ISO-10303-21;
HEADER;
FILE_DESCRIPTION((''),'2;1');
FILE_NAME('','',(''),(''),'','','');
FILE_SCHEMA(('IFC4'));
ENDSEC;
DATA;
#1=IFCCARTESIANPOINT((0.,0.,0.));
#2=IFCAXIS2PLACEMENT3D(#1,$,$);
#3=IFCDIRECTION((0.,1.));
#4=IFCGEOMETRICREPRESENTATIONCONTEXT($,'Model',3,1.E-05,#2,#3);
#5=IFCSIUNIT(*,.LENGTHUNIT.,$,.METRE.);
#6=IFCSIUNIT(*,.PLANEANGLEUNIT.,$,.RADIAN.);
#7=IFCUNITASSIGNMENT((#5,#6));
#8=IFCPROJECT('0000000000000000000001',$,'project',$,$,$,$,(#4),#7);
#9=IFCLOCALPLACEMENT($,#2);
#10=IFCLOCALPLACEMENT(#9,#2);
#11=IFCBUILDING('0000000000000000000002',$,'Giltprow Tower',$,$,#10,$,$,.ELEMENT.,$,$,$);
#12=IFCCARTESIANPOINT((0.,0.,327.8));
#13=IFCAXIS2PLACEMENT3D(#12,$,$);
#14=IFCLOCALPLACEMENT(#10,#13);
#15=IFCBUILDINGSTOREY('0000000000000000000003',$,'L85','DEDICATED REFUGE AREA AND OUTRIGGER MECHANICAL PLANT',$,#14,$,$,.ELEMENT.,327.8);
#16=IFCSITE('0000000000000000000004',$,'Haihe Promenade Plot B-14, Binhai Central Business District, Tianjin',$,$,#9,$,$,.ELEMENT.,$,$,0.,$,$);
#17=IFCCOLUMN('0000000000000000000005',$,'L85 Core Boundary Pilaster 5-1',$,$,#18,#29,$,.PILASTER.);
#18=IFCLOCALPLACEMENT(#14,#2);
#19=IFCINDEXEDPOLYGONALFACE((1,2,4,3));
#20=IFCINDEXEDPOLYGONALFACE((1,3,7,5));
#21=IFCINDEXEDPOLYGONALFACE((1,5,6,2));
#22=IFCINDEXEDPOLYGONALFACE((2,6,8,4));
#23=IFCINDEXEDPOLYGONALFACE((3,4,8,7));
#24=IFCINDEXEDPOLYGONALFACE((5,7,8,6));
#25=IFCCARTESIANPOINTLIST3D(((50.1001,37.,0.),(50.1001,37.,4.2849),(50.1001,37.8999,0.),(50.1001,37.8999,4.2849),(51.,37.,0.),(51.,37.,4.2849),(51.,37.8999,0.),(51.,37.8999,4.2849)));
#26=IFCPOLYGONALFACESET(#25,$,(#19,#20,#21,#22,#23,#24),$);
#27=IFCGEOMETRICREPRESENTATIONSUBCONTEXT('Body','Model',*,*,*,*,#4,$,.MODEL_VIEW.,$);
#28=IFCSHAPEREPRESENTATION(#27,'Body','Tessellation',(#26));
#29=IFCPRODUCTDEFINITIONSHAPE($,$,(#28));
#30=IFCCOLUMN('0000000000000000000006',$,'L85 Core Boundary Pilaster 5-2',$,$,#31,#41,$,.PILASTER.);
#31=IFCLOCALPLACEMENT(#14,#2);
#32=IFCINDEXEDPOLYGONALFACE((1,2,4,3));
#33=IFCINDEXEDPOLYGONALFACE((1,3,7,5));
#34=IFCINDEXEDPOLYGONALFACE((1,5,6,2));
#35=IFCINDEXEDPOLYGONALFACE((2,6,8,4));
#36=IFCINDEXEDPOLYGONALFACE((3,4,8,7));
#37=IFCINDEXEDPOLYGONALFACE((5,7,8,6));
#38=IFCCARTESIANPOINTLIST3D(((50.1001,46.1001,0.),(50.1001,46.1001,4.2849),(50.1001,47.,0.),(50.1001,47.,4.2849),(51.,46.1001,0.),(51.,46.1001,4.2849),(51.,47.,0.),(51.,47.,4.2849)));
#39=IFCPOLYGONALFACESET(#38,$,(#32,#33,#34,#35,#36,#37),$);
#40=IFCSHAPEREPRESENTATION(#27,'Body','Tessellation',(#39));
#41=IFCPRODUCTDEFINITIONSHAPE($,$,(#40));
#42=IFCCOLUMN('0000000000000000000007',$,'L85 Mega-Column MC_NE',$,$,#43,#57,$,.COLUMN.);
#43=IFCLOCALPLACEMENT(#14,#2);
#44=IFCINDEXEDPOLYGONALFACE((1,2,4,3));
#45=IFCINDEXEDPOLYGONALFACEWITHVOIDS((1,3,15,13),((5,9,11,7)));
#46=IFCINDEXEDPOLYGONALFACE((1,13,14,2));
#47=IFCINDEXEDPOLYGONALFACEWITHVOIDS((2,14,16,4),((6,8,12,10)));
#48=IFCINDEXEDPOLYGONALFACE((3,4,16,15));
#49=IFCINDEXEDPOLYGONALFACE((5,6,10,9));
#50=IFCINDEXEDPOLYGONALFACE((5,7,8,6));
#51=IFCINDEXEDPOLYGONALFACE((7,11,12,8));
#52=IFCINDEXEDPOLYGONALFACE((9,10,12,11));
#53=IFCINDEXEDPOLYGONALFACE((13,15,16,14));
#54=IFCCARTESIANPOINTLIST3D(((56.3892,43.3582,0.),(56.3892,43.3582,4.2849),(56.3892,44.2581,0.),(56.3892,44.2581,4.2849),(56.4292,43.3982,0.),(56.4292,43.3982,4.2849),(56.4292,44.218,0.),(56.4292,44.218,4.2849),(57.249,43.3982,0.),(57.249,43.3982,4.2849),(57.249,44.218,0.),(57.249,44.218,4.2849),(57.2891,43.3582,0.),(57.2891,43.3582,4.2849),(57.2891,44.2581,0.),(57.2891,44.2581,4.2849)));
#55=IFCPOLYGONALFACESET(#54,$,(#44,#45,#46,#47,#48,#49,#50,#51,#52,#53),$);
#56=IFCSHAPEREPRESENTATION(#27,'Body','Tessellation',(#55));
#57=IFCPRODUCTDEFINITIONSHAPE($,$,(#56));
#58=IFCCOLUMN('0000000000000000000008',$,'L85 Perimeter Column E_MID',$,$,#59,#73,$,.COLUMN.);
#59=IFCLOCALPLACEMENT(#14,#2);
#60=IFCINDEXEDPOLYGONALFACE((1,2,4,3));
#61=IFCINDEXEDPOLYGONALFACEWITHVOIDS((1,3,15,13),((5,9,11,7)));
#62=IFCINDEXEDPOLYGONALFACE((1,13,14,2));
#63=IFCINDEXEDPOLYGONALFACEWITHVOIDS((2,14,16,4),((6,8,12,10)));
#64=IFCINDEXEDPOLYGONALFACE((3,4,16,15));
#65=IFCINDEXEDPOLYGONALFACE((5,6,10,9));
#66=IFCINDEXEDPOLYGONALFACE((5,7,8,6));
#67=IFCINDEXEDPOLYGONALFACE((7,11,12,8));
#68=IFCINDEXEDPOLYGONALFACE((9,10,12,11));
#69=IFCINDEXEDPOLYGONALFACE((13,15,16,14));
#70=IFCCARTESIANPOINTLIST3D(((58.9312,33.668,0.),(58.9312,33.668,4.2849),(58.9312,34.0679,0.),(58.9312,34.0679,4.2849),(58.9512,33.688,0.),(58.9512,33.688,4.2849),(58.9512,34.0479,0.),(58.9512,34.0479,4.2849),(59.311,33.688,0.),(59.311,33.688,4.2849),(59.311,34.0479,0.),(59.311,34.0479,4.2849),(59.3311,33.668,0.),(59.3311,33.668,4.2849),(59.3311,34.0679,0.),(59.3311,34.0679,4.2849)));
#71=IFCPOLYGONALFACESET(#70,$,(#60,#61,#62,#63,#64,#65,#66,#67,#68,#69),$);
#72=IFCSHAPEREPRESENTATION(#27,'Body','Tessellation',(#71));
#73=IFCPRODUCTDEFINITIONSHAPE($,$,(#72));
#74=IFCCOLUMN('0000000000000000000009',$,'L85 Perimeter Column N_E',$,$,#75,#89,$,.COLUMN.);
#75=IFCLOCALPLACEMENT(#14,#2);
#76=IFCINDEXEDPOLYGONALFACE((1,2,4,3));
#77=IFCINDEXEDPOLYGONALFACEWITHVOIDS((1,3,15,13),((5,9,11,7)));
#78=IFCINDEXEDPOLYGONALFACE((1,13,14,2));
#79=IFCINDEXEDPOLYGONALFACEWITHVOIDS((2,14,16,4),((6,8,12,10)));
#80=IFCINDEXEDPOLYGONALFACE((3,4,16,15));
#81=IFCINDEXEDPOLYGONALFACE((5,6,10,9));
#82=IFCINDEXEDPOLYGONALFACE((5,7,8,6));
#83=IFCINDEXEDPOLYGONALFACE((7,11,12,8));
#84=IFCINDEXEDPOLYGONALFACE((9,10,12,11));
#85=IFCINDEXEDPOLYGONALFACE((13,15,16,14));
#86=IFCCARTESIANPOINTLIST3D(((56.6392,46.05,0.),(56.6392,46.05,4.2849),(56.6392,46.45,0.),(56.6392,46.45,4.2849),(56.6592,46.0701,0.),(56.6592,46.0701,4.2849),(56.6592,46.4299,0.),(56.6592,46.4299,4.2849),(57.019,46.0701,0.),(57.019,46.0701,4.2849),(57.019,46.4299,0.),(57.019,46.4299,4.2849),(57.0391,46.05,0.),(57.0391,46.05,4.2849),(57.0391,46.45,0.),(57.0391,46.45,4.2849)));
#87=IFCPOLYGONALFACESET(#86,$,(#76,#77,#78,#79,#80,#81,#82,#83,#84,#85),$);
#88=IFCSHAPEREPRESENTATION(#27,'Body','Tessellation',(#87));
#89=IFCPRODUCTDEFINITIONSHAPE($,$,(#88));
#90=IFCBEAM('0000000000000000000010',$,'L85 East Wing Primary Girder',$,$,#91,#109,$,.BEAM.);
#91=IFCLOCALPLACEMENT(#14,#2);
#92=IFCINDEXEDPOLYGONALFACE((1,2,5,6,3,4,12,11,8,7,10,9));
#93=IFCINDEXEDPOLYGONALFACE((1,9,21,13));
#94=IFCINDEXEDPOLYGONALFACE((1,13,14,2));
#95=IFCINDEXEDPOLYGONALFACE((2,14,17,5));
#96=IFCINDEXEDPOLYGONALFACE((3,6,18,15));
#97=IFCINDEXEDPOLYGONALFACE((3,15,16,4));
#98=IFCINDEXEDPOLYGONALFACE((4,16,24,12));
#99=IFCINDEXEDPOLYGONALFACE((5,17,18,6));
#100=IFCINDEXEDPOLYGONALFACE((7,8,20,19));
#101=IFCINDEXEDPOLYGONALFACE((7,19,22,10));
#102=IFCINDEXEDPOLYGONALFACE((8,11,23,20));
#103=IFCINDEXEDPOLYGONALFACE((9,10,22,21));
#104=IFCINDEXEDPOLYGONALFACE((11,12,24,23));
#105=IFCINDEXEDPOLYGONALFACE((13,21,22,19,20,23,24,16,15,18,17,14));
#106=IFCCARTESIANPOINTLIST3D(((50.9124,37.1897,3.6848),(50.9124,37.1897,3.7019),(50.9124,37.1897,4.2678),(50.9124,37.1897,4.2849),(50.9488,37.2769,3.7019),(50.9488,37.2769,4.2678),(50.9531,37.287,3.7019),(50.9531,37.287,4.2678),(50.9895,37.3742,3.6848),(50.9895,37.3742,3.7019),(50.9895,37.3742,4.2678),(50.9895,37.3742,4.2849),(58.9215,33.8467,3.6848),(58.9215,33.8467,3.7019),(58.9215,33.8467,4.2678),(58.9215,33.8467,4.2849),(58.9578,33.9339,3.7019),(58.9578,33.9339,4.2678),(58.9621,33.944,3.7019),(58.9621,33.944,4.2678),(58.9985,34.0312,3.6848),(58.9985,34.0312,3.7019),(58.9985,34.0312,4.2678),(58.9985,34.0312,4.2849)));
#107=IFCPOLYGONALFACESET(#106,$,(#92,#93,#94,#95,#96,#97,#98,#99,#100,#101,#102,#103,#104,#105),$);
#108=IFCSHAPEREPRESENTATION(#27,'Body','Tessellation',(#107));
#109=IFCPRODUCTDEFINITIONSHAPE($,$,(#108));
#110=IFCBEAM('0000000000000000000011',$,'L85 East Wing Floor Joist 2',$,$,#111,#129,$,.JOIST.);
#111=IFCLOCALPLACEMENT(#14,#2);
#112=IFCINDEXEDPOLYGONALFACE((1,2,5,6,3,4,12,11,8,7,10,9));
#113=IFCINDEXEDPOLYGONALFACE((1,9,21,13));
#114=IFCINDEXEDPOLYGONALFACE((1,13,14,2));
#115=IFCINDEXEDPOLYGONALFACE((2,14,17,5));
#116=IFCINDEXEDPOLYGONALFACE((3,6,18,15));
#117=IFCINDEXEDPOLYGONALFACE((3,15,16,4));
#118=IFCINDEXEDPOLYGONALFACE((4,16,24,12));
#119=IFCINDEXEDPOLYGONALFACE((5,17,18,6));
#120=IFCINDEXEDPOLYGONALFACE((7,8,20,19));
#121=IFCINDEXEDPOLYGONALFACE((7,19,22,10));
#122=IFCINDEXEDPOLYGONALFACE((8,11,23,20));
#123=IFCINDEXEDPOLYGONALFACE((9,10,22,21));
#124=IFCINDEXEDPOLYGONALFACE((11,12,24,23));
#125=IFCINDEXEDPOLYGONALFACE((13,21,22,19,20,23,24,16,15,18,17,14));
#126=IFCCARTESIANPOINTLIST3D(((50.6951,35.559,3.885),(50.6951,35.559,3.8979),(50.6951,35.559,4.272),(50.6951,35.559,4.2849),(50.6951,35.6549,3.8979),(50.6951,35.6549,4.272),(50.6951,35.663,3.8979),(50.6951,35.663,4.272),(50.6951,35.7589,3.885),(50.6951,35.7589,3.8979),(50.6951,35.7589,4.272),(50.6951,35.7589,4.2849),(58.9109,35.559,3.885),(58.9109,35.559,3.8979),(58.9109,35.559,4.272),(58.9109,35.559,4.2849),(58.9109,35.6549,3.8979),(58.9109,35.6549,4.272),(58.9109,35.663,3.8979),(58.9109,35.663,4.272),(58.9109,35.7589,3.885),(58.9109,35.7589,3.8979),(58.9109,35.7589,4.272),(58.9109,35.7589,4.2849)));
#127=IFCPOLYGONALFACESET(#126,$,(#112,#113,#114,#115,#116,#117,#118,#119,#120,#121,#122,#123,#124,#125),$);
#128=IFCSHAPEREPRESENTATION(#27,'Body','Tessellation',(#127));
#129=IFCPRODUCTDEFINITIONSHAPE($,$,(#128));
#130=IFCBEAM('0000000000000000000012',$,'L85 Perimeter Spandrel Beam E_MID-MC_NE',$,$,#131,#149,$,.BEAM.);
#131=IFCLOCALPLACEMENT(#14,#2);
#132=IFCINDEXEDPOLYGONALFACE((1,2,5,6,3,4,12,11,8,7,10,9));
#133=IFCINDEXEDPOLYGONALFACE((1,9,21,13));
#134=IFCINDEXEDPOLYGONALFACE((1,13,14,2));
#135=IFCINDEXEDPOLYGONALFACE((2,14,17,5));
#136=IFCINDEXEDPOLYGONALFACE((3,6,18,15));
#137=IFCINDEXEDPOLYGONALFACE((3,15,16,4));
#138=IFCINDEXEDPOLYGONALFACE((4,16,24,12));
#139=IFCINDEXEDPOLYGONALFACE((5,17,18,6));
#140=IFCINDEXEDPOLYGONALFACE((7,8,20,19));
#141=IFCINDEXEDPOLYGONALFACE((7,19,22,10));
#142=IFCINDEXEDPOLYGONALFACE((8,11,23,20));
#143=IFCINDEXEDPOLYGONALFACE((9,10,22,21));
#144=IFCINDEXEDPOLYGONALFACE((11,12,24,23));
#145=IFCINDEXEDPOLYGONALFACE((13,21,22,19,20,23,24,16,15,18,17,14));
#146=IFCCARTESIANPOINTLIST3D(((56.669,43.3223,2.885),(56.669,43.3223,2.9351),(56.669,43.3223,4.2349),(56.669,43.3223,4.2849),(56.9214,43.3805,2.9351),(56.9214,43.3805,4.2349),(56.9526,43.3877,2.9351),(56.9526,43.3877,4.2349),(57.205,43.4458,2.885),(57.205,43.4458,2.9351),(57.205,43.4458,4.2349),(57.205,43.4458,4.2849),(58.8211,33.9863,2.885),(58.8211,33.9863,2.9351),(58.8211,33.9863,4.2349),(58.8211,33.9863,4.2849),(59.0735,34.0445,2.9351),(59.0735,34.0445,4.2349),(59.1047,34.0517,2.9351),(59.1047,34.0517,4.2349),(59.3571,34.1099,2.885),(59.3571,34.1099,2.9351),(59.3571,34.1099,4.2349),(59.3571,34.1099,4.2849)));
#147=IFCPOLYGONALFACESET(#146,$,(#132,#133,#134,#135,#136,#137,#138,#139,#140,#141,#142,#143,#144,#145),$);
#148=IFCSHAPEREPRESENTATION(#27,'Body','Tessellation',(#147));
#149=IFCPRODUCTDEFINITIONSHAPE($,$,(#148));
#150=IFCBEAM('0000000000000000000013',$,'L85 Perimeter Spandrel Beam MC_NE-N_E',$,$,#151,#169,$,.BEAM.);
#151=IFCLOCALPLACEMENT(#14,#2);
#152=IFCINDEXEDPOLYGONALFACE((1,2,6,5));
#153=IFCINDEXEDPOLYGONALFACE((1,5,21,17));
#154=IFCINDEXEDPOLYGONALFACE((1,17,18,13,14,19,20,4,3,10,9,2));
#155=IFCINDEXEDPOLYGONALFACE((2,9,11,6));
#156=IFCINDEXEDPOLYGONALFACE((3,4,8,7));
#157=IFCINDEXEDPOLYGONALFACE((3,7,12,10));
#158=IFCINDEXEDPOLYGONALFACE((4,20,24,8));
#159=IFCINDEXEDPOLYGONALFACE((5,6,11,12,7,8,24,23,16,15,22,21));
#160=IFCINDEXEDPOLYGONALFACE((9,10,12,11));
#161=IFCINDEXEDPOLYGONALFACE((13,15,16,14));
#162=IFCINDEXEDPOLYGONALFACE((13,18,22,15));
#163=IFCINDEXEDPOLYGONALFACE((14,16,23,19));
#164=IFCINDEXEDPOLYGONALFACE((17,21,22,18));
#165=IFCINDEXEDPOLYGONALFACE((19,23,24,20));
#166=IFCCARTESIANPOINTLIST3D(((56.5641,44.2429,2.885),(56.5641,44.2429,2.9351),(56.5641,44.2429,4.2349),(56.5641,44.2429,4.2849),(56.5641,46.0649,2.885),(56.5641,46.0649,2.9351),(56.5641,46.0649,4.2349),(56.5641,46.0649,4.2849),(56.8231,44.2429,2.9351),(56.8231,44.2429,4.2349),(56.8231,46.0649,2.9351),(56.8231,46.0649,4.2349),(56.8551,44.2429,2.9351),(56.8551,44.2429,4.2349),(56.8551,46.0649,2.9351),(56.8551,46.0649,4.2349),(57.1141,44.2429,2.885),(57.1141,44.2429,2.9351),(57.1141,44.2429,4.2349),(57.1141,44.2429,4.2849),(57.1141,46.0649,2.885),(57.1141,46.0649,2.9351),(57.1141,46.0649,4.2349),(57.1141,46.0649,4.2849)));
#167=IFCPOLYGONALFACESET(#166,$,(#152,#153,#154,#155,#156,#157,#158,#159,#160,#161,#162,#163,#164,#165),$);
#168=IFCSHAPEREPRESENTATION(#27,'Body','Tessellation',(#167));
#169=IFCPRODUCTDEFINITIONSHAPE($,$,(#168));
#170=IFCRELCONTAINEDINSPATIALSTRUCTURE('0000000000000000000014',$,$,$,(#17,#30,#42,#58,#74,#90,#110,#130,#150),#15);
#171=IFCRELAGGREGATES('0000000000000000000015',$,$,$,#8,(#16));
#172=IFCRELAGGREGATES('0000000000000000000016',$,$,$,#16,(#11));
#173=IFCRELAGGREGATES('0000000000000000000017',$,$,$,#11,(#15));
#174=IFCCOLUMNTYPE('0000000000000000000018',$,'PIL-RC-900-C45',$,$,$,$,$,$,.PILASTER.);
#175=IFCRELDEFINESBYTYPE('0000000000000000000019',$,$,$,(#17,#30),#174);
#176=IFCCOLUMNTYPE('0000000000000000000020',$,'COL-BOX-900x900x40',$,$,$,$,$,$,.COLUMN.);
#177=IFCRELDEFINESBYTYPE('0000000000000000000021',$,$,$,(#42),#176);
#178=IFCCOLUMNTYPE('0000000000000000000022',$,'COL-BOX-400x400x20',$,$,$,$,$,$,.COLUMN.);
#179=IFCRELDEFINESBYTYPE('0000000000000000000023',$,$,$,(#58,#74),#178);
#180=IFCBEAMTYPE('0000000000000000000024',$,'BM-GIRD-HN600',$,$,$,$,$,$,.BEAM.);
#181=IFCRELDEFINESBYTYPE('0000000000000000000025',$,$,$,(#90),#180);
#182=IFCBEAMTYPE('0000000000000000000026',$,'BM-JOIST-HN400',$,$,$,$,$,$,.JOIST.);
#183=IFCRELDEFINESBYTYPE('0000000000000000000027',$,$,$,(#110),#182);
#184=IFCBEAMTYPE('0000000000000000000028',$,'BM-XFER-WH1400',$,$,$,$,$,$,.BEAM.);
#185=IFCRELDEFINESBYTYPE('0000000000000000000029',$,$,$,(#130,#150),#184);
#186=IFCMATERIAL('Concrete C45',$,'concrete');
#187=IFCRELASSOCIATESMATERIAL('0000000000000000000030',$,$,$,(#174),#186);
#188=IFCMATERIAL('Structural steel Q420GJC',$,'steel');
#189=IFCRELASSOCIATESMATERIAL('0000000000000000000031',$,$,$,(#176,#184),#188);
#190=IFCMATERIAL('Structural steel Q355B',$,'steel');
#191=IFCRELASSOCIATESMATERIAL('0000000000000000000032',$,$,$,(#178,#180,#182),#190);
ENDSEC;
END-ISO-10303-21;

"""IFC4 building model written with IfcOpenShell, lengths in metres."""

from ifc_helpers import new_model, si_unit, direction, frame, origin, origin_2d, place, context, subcontext, project, spatial, rectangle, hollow_rectangle, i_section, extrude, source, transform, mapped, material, material_profile, profile_set, type_object, element, save


model = new_model("IFC4")

# Units and contexts
model_context = context("Model", 3, precision=1e-05, world=origin(), true_north=direction((0.0, 1.0)))
body_context = subcontext(model_context, "Body", "Model", "MODEL_VIEW")
ifc_project = project(units=[si_unit("LENGTHUNIT", "METRE"), si_unit("PLANEANGLEUNIT", "RADIAN")], contexts=[model_context])

# Site, building, storey
site_placement = place(None, origin())
site = spatial("IfcSite", under=ifc_project, at=site_placement, Name="Haihe Promenade Plot B-14, Binhai Central Business District, Tianjin", CompositionType="ELEMENT", RefElevation=0.0)
building_placement = place(site_placement, origin())
building = spatial("IfcBuilding", under=site, at=building_placement, Name="Giltprow Tower", CompositionType="ELEMENT")
storey_placement = place(building_placement, frame((0.0, 0.0, 327.8)))
storey = spatial("IfcBuildingStorey", under=building, at=storey_placement, Name="L85", Description="DEDICATED REFUGE AREA AND OUTRIGGER MECHANICAL PLANT", CompositionType="ELEMENT", Elevation=327.8)

# Columns
ifc_material_1 = material(Name="Concrete C45", Category="concrete")
ifc_material_profile_1 = material_profile(ifc_material_1, rectangle(XDim=0.8999, YDim=0.8999, at=origin_2d()), Name="RC 900x900")
ifc_profile_set_1 = profile_set([ifc_material_profile_1], Name="Concrete C45")
column_type_1 = type_object("IfcColumnType", Name="PIL-RC-900-C45", PredefinedType="PILASTER", material=ifc_profile_set_1)
shared_shape_1 = source(origin(), body_context, "Body", "SweptSolid", [
    extrude(rectangle(XDim=0.8999, YDim=0.8999, at=origin_2d()), origin(), (0.0, 0.0, 1.0), 4.2849),
])
for number, where, z_axis, x_axis, name in (
    (1, (50.55, 37.45, 0.0), (0.0, 0.0, 1.0), (1.0, 0.0, 0.0), "L85 Core Boundary Pilaster 5-1"),
    (2, (50.55, 46.55, 0.0), (0.0, 0.0, 1.0), (1.0, 0.0, 0.0), "L85 Core Boundary Pilaster 5-2"),
):
    element("IfcColumn", number, at=place(storey_placement, frame(where, z_axis=z_axis, x_axis=x_axis)), inside=storey, type_object=column_type_1, Name=name, PredefinedType="PILASTER", context=body_context, shape_type="MappedRepresentation", body=[
        mapped(shared_shape_1, transform((0.0, 0.0, 0.0), x_axis=(1.0, 0.0, 0.0), y_axis=(0.0, 1.0, 0.0), z_axis=(0.0, 0.0, 1.0), scale=1.0)),
    ])
ifc_material_2 = material(Name="Structural steel Q420GJC", Category="steel")
ifc_material_profile_2 = material_profile(ifc_material_2, hollow_rectangle(XDim=0.8999, YDim=0.8999, WallThickness=0.04, at=origin_2d()), Name="BOX 900x900x40")
ifc_profile_set_2 = profile_set([ifc_material_profile_2], Name="Structural steel Q420GJC")
column_type_2 = type_object("IfcColumnType", Name="COL-BOX-900x900x40", PredefinedType="COLUMN", material=ifc_profile_set_2)
shared_shape_2 = source(origin(), body_context, "Body", "SweptSolid", [
    extrude(hollow_rectangle(XDim=0.8999, YDim=0.8999, WallThickness=0.04, at=origin_2d()), origin(), (0.0, 0.0, 1.0), 4.2849),
])
column_placement = place(storey_placement, frame((56.8391, 43.8081, 0.0), z_axis=(0.0, 0.0, 1.0), x_axis=(1.0, 0.0, 0.0)))
element("IfcColumn", 3, at=column_placement, inside=storey, type_object=column_type_2, Name="L85 Mega-Column MC_NE", PredefinedType="COLUMN", context=body_context, shape_type="MappedRepresentation", body=[
    mapped(shared_shape_2, transform((0.0, 0.0, 0.0), x_axis=(1.0, 0.0, 0.0), y_axis=(0.0, 1.0, 0.0), z_axis=(0.0, 0.0, 1.0), scale=1.0)),
])
ifc_material_3 = material(Name="Structural steel Q355B", Category="steel")
ifc_material_profile_3 = material_profile(ifc_material_3, hollow_rectangle(XDim=0.3999, YDim=0.3999, WallThickness=0.02, at=origin_2d()), Name="BOX 400x400x20")
ifc_profile_set_3 = profile_set([ifc_material_profile_3], Name="Structural steel Q355B")
column_type_3 = type_object("IfcColumnType", Name="COL-BOX-400x400x20", PredefinedType="COLUMN", material=ifc_profile_set_3)
shared_shape_3 = source(origin(), body_context, "Body", "SweptSolid", [
    extrude(hollow_rectangle(XDim=0.3999, YDim=0.3999, WallThickness=0.02, at=origin_2d()), origin(), (0.0, 0.0, 1.0), 4.2849),
])
for number, where, z_axis, x_axis, name in (
    (4, (59.1311, 33.8679, 0.0), (0.0, 0.0, 1.0), (1.0, 0.0, 0.0), "L85 Perimeter Column E_MID"),
    (5, (56.8391, 46.25, 0.0), (0.0, 0.0, 1.0), (1.0, 0.0, 0.0), "L85 Perimeter Column N_E"),
):
    element("IfcColumn", number, at=place(storey_placement, frame(where, z_axis=z_axis, x_axis=x_axis)), inside=storey, type_object=column_type_3, Name=name, PredefinedType="COLUMN", context=body_context, shape_type="MappedRepresentation", body=[
        mapped(shared_shape_3, transform((0.0, 0.0, 0.0), x_axis=(1.0, 0.0, 0.0), y_axis=(0.0, 1.0, 0.0), z_axis=(0.0, 0.0, 1.0), scale=1.0)),
    ])

# Beams
ifc_material_profile_4 = material_profile(ifc_material_3, i_section(OverallWidth=0.2, OverallDepth=0.6001, WebThickness=0.011, FlangeThickness=0.0171, at=origin_2d()), Name="HN 600x200x11x17")
ifc_profile_set_4 = profile_set([ifc_material_profile_4], Name="Structural steel Q355B")
beam_type_1 = type_object("IfcBeamType", Name="BM-GIRD-HN600", PredefinedType="BEAM", material=ifc_profile_set_4)
shared_shape_4 = source(origin(), body_context, "Body", "SweptSolid", [
    extrude(i_section(OverallWidth=0.2, OverallDepth=0.6001, WebThickness=0.011, FlangeThickness=0.0171, at=origin_2d()), origin(), (0.0, 0.0, 1.0), 8.6787),
])
beam_1_placement = place(storey_placement, frame((58.96, 33.939, 3.9849), z_axis=(-0.922835, 0.385197, 0.0), x_axis=(-0.385197, -0.922835, 0.0)))
element("IfcBeam", 6, at=beam_1_placement, inside=storey, type_object=beam_type_1, Name="L85 East Wing Primary Girder", PredefinedType="BEAM", context=body_context, shape_type="MappedRepresentation", body=[
    mapped(shared_shape_4, transform((0.0, 0.0, 0.0), x_axis=(1.0, 0.0, 0.0), y_axis=(0.0, 1.0, 0.0), z_axis=(0.0, 0.0, 1.0), scale=1.0)),
])
ifc_material_profile_5 = material_profile(ifc_material_3, i_section(OverallWidth=0.2, OverallDepth=0.3999, WebThickness=0.0081, FlangeThickness=0.0129, at=origin_2d()), Name="HN 400x200x8x13")
ifc_profile_set_5 = profile_set([ifc_material_profile_5], Name="Structural steel Q355B")
beam_type_2 = type_object("IfcBeamType", Name="BM-JOIST-HN400", PredefinedType="JOIST", material=ifc_profile_set_5)
shared_shape_5 = source(origin(), body_context, "Body", "SweptSolid", [
    extrude(i_section(OverallWidth=0.2, OverallDepth=0.3999, WebThickness=0.0081, FlangeThickness=0.0129, at=origin_2d()), origin(), (0.0, 0.0, 1.0), 8.2158),
])
beam_2_placement = place(storey_placement, frame((50.6951, 35.6589, 4.085), z_axis=(1.0, 0.0, 0.0), x_axis=(0.0, 1.0, 0.0)))
element("IfcBeam", 7, at=beam_2_placement, inside=storey, type_object=beam_type_2, Name="L85 East Wing Floor Joist 2", PredefinedType="JOIST", context=body_context, shape_type="MappedRepresentation", body=[
    mapped(shared_shape_5, transform((0.0, 0.0, 0.0), x_axis=(1.0, 0.0, 0.0), y_axis=(0.0, 1.0, 0.0), z_axis=(0.0, 0.0, 1.0), scale=1.0)),
])
ifc_material_profile_6 = material_profile(ifc_material_2, i_section(OverallWidth=0.55, OverallDepth=1.3999, WebThickness=0.032, FlangeThickness=0.05, at=origin_2d()), Name="WH 1400x550x32x50")
ifc_profile_set_6 = profile_set([ifc_material_profile_6], Name="Structural steel Q420GJC")
beam_type_3 = type_object("IfcBeamType", Name="BM-XFER-WH1400", PredefinedType="BEAM", material=ifc_profile_set_6)
shared_shape_6 = source(origin(), body_context, "Body", "SweptSolid", [
    extrude(i_section(OverallWidth=0.55, OverallDepth=1.3999, WebThickness=0.032, FlangeThickness=0.05, at=origin_2d()), origin(), (0.0, 0.0, 1.0), 9.5808),
])
beam_3_placement = place(storey_placement, frame((59.0891, 34.0481, 3.585), z_axis=(-0.224627, 0.974445, 0.0), x_axis=(-0.974445, -0.224627, 0.0)))
element("IfcBeam", 8, at=beam_3_placement, inside=storey, type_object=beam_type_3, Name="L85 Perimeter Spandrel Beam E_MID-MC_NE", PredefinedType="BEAM", context=body_context, shape_type="MappedRepresentation", body=[
    mapped(shared_shape_6, transform((0.0, 0.0, 0.0), x_axis=(1.0, 0.0, 0.0), y_axis=(0.0, 1.0, 0.0), z_axis=(0.0, 0.0, 1.0), scale=1.0)),
])
shared_shape_7 = source(origin(), body_context, "Body", "SweptSolid", [
    extrude(i_section(OverallWidth=0.55, OverallDepth=1.3999, WebThickness=0.032, FlangeThickness=0.05, at=origin_2d()), origin(), (0.0, 0.0, 1.0), 1.822),
])
beam_4_placement = place(storey_placement, frame((56.8391, 44.2429, 3.585), z_axis=(0.0, 1.0, 0.0), x_axis=(-1.0, 0.0, 0.0)))
element("IfcBeam", 9, at=beam_4_placement, inside=storey, type_object=beam_type_3, Name="L85 Perimeter Spandrel Beam MC_NE-N_E", PredefinedType="BEAM", context=body_context, shape_type="MappedRepresentation", body=[
    mapped(shared_shape_7, transform((0.0, 0.0, 0.0), x_axis=(1.0, 0.0, 0.0), y_axis=(0.0, 1.0, 0.0), z_axis=(0.0, 0.0, 1.0), scale=1.0)),
])

save(model, "model.ifc")
